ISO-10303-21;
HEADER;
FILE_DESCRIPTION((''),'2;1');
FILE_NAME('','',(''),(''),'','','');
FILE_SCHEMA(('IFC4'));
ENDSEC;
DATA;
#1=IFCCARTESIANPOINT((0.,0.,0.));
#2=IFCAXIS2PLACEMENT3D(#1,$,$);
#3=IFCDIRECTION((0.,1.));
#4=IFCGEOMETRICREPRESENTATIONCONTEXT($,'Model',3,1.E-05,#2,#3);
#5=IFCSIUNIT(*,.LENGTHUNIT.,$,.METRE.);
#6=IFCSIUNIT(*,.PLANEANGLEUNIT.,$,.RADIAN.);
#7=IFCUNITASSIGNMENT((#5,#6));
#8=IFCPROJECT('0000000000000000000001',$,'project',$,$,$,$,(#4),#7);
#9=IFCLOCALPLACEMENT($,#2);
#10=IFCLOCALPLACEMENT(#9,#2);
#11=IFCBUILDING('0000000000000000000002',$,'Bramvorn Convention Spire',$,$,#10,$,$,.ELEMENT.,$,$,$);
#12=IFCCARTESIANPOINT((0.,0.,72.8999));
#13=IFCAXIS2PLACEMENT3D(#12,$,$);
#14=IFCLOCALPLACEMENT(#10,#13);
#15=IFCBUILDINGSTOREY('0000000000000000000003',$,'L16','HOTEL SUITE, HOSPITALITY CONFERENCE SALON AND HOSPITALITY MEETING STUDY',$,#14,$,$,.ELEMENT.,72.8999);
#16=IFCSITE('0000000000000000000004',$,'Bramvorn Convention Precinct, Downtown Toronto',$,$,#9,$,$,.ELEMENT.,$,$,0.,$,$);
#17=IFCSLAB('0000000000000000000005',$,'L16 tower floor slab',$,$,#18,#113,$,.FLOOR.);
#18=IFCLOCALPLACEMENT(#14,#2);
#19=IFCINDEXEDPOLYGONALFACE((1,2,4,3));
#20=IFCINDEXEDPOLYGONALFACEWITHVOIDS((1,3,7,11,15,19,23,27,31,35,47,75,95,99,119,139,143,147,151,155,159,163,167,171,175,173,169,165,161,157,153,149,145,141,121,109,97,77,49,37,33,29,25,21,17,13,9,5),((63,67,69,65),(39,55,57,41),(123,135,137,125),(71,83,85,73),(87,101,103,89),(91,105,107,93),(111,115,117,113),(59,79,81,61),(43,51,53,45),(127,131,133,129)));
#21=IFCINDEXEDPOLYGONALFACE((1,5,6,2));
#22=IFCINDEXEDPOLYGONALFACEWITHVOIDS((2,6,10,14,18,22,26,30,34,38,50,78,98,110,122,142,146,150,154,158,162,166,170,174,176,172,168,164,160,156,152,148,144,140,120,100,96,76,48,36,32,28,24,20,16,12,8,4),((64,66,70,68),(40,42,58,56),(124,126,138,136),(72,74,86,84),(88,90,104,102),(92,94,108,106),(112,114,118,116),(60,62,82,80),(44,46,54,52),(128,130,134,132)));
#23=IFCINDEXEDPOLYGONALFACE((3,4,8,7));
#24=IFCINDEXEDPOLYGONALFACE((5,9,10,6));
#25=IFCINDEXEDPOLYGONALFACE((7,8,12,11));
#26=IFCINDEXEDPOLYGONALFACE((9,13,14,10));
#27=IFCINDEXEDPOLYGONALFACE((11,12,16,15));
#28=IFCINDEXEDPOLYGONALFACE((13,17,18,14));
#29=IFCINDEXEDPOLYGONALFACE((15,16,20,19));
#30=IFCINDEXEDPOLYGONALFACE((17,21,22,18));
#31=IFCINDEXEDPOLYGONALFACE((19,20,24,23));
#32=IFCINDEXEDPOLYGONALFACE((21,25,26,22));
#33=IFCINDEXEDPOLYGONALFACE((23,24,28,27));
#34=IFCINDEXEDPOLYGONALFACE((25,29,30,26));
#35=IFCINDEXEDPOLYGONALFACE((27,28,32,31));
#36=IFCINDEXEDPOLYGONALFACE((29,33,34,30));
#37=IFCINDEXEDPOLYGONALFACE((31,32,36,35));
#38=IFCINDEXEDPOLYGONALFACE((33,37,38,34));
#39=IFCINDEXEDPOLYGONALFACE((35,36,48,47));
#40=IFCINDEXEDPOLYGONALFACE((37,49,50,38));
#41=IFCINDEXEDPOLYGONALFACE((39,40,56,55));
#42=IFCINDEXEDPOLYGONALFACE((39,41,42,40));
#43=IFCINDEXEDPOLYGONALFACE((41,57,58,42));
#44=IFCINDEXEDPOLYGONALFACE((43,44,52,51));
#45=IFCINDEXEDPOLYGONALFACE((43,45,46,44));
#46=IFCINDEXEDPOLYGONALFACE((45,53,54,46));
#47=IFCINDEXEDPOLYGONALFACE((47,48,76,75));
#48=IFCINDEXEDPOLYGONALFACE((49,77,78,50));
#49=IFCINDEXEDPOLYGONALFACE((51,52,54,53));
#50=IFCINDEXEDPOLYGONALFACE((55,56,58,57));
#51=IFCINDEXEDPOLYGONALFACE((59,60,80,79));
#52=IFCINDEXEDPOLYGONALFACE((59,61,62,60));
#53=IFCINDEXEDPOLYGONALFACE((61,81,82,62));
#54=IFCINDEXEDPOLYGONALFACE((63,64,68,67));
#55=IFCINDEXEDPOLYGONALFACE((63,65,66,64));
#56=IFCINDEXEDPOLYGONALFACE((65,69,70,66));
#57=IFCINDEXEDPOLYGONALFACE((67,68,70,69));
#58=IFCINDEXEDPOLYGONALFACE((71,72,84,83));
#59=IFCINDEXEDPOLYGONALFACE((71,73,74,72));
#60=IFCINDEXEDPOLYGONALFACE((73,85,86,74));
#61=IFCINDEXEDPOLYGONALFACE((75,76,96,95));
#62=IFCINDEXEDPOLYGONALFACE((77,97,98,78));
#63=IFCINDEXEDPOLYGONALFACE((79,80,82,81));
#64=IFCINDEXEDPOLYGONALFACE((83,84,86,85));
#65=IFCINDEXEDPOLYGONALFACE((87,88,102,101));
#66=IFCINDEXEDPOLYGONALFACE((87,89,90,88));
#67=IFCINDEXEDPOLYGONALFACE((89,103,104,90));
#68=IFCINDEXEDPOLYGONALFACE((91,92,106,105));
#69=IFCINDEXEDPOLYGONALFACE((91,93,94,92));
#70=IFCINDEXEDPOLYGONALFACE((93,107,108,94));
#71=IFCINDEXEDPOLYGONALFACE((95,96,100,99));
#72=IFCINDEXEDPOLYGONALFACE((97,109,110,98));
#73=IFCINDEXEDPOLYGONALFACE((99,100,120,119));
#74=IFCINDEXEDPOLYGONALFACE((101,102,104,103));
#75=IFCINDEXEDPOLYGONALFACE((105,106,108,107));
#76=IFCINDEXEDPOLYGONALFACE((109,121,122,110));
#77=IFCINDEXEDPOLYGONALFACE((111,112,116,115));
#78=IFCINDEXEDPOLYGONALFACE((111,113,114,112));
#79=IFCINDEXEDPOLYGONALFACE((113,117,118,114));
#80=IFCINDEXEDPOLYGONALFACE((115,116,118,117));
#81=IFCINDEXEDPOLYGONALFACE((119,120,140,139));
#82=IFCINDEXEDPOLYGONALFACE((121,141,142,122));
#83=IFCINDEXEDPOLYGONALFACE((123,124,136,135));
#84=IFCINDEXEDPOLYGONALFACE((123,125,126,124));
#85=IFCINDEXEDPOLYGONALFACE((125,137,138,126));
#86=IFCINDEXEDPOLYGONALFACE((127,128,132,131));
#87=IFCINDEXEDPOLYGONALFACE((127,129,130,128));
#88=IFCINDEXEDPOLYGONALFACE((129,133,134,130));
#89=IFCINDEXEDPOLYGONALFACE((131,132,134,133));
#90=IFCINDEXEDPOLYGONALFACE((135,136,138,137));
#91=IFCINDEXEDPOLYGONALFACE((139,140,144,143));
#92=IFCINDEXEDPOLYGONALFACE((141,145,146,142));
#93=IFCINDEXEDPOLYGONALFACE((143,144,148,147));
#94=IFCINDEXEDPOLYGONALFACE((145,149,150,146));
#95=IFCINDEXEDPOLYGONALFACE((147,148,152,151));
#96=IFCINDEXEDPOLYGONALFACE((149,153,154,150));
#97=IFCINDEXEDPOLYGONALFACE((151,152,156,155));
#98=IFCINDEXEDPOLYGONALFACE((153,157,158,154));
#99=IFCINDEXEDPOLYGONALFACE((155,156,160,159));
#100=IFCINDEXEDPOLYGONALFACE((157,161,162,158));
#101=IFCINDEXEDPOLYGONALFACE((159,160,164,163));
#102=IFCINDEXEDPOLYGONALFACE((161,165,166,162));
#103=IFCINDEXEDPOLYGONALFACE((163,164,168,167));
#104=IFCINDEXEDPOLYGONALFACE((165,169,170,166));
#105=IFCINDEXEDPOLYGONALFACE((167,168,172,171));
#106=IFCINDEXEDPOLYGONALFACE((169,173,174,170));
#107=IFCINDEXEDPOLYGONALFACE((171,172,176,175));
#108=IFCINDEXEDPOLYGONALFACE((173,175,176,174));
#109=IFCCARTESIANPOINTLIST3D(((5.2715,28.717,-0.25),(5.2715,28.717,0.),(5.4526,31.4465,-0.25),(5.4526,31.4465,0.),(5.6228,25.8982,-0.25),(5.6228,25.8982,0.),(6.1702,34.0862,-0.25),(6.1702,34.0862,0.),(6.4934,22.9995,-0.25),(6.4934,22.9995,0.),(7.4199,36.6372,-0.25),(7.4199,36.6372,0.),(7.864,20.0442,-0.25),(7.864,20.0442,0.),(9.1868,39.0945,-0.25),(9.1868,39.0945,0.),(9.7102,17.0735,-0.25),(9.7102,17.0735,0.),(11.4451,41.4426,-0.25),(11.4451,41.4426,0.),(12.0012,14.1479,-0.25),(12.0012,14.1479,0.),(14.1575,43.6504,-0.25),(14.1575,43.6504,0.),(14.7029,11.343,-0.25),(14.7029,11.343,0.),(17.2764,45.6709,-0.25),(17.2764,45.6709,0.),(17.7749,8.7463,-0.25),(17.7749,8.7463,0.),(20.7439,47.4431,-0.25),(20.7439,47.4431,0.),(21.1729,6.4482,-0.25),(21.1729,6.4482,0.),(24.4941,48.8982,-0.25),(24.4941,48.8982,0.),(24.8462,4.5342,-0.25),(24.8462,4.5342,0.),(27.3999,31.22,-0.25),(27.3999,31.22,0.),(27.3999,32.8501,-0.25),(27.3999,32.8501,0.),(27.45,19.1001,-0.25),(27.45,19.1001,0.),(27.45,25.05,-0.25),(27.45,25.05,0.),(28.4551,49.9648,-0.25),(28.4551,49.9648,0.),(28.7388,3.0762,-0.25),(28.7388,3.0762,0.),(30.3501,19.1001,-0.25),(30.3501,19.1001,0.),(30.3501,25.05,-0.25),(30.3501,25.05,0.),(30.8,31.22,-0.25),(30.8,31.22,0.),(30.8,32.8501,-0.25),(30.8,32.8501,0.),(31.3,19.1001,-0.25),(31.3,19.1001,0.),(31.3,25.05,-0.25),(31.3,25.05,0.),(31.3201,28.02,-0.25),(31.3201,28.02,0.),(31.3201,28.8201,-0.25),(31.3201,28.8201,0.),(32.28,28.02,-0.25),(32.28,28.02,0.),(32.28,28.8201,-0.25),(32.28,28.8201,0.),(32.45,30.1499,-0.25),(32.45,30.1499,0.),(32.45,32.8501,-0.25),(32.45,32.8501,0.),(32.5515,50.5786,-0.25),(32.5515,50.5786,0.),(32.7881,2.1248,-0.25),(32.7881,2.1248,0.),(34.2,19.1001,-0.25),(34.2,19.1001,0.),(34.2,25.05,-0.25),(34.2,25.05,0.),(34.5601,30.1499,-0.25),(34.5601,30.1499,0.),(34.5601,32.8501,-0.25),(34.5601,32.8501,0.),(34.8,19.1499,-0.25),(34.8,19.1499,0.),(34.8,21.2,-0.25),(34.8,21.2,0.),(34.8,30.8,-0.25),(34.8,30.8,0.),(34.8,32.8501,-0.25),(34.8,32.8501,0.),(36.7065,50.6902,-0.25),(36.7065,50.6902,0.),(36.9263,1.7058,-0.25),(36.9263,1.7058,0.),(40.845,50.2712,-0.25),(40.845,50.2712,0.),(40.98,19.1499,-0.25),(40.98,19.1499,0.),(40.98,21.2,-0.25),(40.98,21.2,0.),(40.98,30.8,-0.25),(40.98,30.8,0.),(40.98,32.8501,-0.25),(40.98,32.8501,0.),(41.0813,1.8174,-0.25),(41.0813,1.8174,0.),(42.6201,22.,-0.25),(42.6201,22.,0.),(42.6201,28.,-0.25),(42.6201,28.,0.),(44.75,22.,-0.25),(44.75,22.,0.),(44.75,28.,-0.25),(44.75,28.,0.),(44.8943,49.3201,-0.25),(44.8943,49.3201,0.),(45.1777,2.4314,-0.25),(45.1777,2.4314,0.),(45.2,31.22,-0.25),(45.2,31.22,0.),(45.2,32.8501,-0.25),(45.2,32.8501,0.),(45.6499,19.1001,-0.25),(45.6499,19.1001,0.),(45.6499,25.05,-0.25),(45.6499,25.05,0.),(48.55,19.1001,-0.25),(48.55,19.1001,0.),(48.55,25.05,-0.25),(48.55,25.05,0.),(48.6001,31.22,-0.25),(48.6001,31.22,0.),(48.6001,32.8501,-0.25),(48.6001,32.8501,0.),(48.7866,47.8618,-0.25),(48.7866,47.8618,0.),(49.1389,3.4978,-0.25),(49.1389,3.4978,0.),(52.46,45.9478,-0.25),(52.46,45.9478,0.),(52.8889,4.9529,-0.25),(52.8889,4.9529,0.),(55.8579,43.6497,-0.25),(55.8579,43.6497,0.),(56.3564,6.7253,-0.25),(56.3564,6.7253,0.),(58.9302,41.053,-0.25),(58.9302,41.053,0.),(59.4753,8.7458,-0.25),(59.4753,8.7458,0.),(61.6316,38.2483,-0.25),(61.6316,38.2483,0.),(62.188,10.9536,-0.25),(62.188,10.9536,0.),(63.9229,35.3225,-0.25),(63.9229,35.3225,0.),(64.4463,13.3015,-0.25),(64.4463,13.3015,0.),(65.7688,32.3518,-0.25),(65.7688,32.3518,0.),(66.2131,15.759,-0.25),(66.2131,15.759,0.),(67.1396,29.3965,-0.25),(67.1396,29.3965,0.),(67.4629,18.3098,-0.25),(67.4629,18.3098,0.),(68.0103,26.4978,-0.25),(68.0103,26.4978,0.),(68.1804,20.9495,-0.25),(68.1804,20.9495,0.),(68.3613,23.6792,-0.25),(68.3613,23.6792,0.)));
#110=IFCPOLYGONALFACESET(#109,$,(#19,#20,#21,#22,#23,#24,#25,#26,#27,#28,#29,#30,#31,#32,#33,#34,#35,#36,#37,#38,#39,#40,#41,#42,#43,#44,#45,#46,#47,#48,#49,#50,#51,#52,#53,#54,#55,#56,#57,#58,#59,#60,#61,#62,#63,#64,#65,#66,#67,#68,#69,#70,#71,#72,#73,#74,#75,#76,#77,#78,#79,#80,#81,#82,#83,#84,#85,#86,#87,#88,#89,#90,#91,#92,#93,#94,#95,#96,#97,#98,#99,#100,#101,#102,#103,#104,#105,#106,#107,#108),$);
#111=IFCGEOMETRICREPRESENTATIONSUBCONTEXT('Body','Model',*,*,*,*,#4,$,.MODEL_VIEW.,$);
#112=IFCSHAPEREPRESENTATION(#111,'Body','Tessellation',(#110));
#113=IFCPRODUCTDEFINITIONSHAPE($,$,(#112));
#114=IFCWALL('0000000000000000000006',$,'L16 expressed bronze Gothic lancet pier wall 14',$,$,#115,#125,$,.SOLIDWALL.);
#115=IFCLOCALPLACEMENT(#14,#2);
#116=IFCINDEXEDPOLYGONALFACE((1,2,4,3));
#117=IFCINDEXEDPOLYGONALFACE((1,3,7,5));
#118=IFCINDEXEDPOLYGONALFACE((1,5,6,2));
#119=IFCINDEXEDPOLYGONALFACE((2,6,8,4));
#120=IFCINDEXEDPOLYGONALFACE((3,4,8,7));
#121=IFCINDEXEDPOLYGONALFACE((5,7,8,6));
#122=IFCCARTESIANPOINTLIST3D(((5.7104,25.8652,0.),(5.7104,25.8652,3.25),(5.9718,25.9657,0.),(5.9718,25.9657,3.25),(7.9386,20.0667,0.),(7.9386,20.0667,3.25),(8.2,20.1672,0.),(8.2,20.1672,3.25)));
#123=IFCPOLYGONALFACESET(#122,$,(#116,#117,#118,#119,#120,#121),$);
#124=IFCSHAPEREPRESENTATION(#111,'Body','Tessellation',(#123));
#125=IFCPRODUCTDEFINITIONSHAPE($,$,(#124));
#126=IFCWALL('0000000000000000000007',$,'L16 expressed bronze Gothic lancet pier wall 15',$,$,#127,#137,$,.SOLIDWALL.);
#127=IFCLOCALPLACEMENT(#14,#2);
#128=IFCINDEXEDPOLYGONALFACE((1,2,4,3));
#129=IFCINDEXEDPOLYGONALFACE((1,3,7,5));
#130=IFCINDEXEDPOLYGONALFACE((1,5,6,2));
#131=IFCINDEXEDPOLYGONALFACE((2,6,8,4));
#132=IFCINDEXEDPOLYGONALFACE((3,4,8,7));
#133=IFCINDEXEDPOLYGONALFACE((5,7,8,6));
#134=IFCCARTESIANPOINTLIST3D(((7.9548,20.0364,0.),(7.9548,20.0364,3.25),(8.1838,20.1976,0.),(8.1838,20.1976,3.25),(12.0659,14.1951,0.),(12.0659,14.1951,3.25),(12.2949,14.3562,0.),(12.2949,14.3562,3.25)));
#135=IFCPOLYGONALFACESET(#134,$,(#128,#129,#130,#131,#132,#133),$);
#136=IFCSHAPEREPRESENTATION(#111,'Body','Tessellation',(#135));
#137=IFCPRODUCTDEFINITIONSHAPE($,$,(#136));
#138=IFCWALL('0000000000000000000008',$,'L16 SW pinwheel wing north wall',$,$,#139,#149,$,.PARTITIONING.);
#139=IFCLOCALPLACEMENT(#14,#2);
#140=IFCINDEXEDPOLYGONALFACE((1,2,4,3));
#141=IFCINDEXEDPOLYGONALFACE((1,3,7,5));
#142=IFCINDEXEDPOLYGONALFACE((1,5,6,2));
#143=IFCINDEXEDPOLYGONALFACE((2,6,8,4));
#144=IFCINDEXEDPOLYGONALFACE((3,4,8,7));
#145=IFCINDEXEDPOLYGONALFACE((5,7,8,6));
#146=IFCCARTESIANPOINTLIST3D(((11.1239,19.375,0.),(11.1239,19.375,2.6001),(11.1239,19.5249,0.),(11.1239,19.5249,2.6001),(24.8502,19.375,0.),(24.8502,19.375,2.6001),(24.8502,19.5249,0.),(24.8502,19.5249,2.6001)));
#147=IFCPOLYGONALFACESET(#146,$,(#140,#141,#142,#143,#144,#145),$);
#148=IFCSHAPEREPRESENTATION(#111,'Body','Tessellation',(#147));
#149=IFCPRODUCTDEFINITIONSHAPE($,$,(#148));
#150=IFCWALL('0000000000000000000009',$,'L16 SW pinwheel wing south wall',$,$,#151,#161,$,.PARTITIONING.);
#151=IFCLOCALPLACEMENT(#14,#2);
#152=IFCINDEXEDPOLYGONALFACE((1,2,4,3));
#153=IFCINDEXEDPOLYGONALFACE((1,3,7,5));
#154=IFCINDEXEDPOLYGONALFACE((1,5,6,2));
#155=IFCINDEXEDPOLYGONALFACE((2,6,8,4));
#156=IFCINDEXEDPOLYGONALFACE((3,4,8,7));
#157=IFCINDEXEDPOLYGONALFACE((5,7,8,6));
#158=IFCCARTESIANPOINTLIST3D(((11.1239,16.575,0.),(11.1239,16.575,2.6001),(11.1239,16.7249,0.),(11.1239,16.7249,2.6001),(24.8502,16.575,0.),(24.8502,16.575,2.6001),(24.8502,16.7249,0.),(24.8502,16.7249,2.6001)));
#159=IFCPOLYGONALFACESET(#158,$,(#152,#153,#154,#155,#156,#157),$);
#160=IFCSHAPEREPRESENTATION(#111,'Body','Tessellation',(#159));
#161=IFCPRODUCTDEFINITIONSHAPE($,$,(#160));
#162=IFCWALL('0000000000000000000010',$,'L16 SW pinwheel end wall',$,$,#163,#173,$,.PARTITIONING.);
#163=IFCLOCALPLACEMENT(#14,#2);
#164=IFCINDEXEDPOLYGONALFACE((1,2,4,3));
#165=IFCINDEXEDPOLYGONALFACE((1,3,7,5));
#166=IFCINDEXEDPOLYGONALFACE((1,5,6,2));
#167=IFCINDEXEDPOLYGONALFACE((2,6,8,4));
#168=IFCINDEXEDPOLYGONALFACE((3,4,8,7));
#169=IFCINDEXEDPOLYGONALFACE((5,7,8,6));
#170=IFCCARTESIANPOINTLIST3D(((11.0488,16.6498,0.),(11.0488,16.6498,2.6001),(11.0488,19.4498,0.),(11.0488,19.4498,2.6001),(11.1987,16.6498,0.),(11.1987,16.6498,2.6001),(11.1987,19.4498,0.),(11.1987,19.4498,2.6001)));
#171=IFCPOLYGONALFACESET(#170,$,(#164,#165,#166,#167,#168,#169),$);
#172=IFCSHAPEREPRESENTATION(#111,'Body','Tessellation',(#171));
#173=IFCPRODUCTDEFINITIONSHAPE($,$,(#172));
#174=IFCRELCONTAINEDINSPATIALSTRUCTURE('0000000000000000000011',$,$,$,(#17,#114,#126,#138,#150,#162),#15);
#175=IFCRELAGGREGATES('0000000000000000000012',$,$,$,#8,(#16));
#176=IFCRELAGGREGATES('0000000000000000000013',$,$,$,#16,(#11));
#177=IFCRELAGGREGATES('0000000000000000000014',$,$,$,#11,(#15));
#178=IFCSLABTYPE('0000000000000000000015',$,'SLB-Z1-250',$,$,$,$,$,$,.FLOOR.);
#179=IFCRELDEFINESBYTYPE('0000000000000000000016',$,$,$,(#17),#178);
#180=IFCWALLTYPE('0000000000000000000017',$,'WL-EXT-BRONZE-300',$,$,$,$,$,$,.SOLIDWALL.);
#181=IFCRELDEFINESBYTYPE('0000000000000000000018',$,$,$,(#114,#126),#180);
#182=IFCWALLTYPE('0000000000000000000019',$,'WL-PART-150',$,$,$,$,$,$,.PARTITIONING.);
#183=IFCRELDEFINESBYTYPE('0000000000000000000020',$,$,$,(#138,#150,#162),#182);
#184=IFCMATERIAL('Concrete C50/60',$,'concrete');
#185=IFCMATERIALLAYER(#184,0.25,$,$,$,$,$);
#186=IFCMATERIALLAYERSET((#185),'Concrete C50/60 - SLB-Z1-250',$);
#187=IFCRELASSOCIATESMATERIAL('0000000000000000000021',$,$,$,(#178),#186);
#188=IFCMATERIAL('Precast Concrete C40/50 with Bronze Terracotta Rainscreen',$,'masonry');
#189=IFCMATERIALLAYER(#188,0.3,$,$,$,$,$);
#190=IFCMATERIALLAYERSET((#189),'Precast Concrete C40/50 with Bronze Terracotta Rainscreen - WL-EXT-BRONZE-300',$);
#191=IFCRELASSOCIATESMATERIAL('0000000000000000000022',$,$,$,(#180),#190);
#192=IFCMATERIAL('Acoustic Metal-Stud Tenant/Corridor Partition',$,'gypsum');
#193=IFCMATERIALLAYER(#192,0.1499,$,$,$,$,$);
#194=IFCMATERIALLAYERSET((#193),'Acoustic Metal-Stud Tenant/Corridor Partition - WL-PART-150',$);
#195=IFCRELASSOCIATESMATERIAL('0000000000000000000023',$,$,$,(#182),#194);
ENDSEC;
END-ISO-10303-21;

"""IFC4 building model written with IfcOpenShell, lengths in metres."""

from ifc_helpers import new_model, si_unit, direction, frame, frame_2d, origin, place, context, subcontext, project, spatial, polyline, rectangle, outline, extrude, material, layer, layer_set, type_object, element, save


model = new_model("IFC4")

# Units and contexts
model_context = context("Model", 3, precision=1e-05, world=origin(), true_north=direction((0.0, 1.0)))
body_context = subcontext(model_context, "Body", "Model", "MODEL_VIEW")
ifc_project = project(units=[si_unit("LENGTHUNIT", "METRE"), si_unit("PLANEANGLEUNIT", "RADIAN")], contexts=[model_context])

# Site, building, storey
site_placement = place(None, origin())
site = spatial("IfcSite", under=ifc_project, at=site_placement, Name="Bramvorn Convention Precinct, Downtown Toronto", CompositionType="ELEMENT", RefElevation=0.0)
building_placement = place(site_placement, origin())
building = spatial("IfcBuilding", under=site, at=building_placement, Name="Bramvorn Convention Spire", CompositionType="ELEMENT")
storey_placement = place(building_placement, frame((0.0, 0.0, 72.8999)))
storey = spatial("IfcBuildingStorey", under=building, at=storey_placement, Name="L16", Description="HOTEL SUITE, HOSPITALITY CONFERENCE SALON AND HOSPITALITY MEETING STUDY", CompositionType="ELEMENT", Elevation=72.8999)

# Slab
ifc_material_1 = material(Name="Concrete C50/60", Category="concrete")
ifc_layer_1 = layer(ifc_material_1, 0.25)
ifc_layer_set_1 = layer_set([ifc_layer_1], Name="Concrete C50/60 - SLB-Z1-250")
slab_type_1 = type_object("IfcSlabType", Name="SLB-Z1-250", PredefinedType="FLOOR", material=ifc_layer_set_1)
slab_1_placement = place(storey_placement, frame((0.0, 0.0, -0.25)))
element("IfcSlab", 1, at=slab_1_placement, inside=storey, type_object=slab_type_1, Name="L16 tower floor slab", PredefinedType="FLOOR", context=body_context, shape_type="SweptSolid", body=[
    extrude(outline(polyline([(68.1804, 20.9495), (68.3613, 23.6792), (68.0103, 26.4978), (67.1396, 29.3965), (65.7688, 32.3518), (63.9229, 35.3225), (61.6316, 38.2483), (58.9302, 41.053), (55.8579, 43.6497), (52.46, 45.9478), (48.7866, 47.8618), (44.8943, 49.3201), (40.845, 50.2712), (36.7065, 50.6902), (32.5515, 50.5786), (28.4551, 49.9648), (24.4941, 48.8982), (20.7439, 47.4431), (17.2764, 45.6709), (14.1575, 43.6504), (11.4451, 41.4426), (9.1868, 39.0945), (7.4199, 36.6372), (6.1702, 34.0862), (5.4526, 31.4465), (5.2715, 28.717), (5.6228, 25.8982), (6.4934, 22.9995), (7.864, 20.0442), (9.7102, 17.0735), (12.0012, 14.1479), (14.7029, 11.343), (17.7749, 8.7463), (21.1729, 6.4482), (24.8462, 4.5342), (28.7388, 3.0762), (32.7881, 2.1248), (36.9263, 1.7058), (41.0813, 1.8174), (45.1777, 2.4314), (49.1389, 3.4978), (52.8889, 4.9529), (56.3564, 6.7253), (59.4753, 8.7458), (62.188, 10.9536), (64.4463, 13.3015), (66.2131, 15.759), (67.4629, 18.3098), (68.1804, 20.9495)]), holes=[polyline([(27.45, 25.05), (27.45, 19.1001), (30.3501, 19.1001), (30.3501, 25.05), (27.45, 25.05)]), polyline([(45.6499, 25.05), (45.6499, 19.1001), (48.55, 19.1001), (48.55, 25.05), (45.6499, 25.05)]), polyline([(31.3, 25.05), (31.3, 19.1001), (34.2, 19.1001), (34.2, 25.05), (31.3, 25.05)]), polyline([(27.3999, 31.22), (30.8, 31.22), (30.8, 32.8501), (27.3999, 32.8501), (27.3999, 31.22)]), polyline([(45.2, 31.22), (48.6001, 31.22), (48.6001, 32.8501), (45.2, 32.8501), (45.2, 31.22)]), polyline([(32.45, 30.1499), (34.5601, 30.1499), (34.5601, 32.8501), (32.45, 32.8501), (32.45, 30.1499)]), polyline([(34.8, 30.8), (40.98, 30.8), (40.98, 32.8501), (34.8, 32.8501), (34.8, 30.8)]), polyline([(34.8, 19.1499), (40.98, 19.1499), (40.98, 21.2), (34.8, 21.2), (34.8, 19.1499)]), polyline([(42.6201, 22.0), (44.75, 22.0), (44.75, 28.0), (42.6201, 28.0), (42.6201, 22.0)]), polyline([(31.3201, 28.02), (32.28, 28.02), (32.28, 28.8201), (31.3201, 28.8201), (31.3201, 28.02)])]), origin(), (0.0, 0.0, 1.0), 0.25),
])

# Walls
ifc_material_2 = material(Name="Precast Concrete C40/50 with Bronze Terracotta Rainscreen", Category="masonry")
ifc_layer_2 = layer(ifc_material_2, 0.3)
ifc_layer_set_2 = layer_set([ifc_layer_2], Name="Precast Concrete C40/50 with Bronze Terracotta Rainscreen - WL-EXT-BRONZE-300")
wall_type_1 = type_object("IfcWallType", Name="WL-EXT-BRONZE-300", PredefinedType="SOLIDWALL", material=ifc_layer_set_2)
wall_1_placement = place(storey_placement, frame((8.0693, 20.1169, 0.0), z_axis=(0.0, 0.0, 1.0), x_axis=(-0.358705, 0.933451, 0.0)))
element("IfcWall", 2, at=wall_1_placement, inside=storey, type_object=wall_type_1, Name="L16 expressed bronze Gothic lancet pier wall 14", PredefinedType="SOLIDWALL", context=body_context, shape_type="SweptSolid", body=[
    extrude(rectangle(XDim=6.2119, YDim=0.28, at=frame_2d((3.106, 0.0))), origin(), (0.0, 0.0, 1.0), 3.25),
])
wall_2_placement = place(storey_placement, frame((12.1804, 14.2756, 0.0), z_axis=(0.0, 0.0, 1.0), x_axis=(-0.575543, 0.817771, 0.0)))
element("IfcWall", 3, at=wall_2_placement, inside=storey, type_object=wall_type_1, Name="L16 expressed bronze Gothic lancet pier wall 15", PredefinedType="SOLIDWALL", context=body_context, shape_type="SweptSolid", body=[
    extrude(rectangle(XDim=7.1431, YDim=0.28, at=frame_2d((3.5715, 0.0))), origin(), (0.0, 0.0, 1.0), 3.25),
])
ifc_material_3 = material(Name="Acoustic Metal-Stud Tenant/Corridor Partition", Category="gypsum")
ifc_layer_3 = layer(ifc_material_3, 0.1499)
ifc_layer_set_3 = layer_set([ifc_layer_3], Name="Acoustic Metal-Stud Tenant/Corridor Partition - WL-PART-150")
wall_type_2 = type_object("IfcWallType", Name="WL-PART-150", PredefinedType="PARTITIONING", material=ifc_layer_set_3)
for number, where, z_axis, x_axis, name in (
    (4, (11.1238, 19.45, 0.0), (0.0, 0.0, 1.0), (1.0, 0.0, 0.0), "L16 SW pinwheel wing north wall"),
    (5, (11.1238, 16.6499, 0.0), (0.0, 0.0, 1.0), (1.0, 0.0, 0.0), "L16 SW pinwheel wing south wall"),
):
    element("IfcWall", number, at=place(storey_placement, frame(where, z_axis=z_axis, x_axis=x_axis)), inside=storey, type_object=wall_type_2, Name=name, PredefinedType="PARTITIONING", context=body_context, shape_type="SweptSolid", body=[
        extrude(rectangle(XDim=13.7263, YDim=0.1499, at=frame_2d((6.8633, 0.0))), origin(), (0.0, 0.0, 1.0), 2.6001),
    ])
wall_3_placement = place(storey_placement, frame((11.1238, 16.6499, 0.0), z_axis=(0.0, 0.0, 1.0), x_axis=(0.0, 1.0, 0.0)))
element("IfcWall", 6, at=wall_3_placement, inside=storey, type_object=wall_type_2, Name="L16 SW pinwheel end wall", PredefinedType="PARTITIONING", context=body_context, shape_type="SweptSolid", body=[
    extrude(rectangle(XDim=2.8, YDim=0.1499, at=frame_2d((1.3999, 0.0))), origin(), (0.0, 0.0, 1.0), 2.6001),
])

save(model, "model.ifc")
